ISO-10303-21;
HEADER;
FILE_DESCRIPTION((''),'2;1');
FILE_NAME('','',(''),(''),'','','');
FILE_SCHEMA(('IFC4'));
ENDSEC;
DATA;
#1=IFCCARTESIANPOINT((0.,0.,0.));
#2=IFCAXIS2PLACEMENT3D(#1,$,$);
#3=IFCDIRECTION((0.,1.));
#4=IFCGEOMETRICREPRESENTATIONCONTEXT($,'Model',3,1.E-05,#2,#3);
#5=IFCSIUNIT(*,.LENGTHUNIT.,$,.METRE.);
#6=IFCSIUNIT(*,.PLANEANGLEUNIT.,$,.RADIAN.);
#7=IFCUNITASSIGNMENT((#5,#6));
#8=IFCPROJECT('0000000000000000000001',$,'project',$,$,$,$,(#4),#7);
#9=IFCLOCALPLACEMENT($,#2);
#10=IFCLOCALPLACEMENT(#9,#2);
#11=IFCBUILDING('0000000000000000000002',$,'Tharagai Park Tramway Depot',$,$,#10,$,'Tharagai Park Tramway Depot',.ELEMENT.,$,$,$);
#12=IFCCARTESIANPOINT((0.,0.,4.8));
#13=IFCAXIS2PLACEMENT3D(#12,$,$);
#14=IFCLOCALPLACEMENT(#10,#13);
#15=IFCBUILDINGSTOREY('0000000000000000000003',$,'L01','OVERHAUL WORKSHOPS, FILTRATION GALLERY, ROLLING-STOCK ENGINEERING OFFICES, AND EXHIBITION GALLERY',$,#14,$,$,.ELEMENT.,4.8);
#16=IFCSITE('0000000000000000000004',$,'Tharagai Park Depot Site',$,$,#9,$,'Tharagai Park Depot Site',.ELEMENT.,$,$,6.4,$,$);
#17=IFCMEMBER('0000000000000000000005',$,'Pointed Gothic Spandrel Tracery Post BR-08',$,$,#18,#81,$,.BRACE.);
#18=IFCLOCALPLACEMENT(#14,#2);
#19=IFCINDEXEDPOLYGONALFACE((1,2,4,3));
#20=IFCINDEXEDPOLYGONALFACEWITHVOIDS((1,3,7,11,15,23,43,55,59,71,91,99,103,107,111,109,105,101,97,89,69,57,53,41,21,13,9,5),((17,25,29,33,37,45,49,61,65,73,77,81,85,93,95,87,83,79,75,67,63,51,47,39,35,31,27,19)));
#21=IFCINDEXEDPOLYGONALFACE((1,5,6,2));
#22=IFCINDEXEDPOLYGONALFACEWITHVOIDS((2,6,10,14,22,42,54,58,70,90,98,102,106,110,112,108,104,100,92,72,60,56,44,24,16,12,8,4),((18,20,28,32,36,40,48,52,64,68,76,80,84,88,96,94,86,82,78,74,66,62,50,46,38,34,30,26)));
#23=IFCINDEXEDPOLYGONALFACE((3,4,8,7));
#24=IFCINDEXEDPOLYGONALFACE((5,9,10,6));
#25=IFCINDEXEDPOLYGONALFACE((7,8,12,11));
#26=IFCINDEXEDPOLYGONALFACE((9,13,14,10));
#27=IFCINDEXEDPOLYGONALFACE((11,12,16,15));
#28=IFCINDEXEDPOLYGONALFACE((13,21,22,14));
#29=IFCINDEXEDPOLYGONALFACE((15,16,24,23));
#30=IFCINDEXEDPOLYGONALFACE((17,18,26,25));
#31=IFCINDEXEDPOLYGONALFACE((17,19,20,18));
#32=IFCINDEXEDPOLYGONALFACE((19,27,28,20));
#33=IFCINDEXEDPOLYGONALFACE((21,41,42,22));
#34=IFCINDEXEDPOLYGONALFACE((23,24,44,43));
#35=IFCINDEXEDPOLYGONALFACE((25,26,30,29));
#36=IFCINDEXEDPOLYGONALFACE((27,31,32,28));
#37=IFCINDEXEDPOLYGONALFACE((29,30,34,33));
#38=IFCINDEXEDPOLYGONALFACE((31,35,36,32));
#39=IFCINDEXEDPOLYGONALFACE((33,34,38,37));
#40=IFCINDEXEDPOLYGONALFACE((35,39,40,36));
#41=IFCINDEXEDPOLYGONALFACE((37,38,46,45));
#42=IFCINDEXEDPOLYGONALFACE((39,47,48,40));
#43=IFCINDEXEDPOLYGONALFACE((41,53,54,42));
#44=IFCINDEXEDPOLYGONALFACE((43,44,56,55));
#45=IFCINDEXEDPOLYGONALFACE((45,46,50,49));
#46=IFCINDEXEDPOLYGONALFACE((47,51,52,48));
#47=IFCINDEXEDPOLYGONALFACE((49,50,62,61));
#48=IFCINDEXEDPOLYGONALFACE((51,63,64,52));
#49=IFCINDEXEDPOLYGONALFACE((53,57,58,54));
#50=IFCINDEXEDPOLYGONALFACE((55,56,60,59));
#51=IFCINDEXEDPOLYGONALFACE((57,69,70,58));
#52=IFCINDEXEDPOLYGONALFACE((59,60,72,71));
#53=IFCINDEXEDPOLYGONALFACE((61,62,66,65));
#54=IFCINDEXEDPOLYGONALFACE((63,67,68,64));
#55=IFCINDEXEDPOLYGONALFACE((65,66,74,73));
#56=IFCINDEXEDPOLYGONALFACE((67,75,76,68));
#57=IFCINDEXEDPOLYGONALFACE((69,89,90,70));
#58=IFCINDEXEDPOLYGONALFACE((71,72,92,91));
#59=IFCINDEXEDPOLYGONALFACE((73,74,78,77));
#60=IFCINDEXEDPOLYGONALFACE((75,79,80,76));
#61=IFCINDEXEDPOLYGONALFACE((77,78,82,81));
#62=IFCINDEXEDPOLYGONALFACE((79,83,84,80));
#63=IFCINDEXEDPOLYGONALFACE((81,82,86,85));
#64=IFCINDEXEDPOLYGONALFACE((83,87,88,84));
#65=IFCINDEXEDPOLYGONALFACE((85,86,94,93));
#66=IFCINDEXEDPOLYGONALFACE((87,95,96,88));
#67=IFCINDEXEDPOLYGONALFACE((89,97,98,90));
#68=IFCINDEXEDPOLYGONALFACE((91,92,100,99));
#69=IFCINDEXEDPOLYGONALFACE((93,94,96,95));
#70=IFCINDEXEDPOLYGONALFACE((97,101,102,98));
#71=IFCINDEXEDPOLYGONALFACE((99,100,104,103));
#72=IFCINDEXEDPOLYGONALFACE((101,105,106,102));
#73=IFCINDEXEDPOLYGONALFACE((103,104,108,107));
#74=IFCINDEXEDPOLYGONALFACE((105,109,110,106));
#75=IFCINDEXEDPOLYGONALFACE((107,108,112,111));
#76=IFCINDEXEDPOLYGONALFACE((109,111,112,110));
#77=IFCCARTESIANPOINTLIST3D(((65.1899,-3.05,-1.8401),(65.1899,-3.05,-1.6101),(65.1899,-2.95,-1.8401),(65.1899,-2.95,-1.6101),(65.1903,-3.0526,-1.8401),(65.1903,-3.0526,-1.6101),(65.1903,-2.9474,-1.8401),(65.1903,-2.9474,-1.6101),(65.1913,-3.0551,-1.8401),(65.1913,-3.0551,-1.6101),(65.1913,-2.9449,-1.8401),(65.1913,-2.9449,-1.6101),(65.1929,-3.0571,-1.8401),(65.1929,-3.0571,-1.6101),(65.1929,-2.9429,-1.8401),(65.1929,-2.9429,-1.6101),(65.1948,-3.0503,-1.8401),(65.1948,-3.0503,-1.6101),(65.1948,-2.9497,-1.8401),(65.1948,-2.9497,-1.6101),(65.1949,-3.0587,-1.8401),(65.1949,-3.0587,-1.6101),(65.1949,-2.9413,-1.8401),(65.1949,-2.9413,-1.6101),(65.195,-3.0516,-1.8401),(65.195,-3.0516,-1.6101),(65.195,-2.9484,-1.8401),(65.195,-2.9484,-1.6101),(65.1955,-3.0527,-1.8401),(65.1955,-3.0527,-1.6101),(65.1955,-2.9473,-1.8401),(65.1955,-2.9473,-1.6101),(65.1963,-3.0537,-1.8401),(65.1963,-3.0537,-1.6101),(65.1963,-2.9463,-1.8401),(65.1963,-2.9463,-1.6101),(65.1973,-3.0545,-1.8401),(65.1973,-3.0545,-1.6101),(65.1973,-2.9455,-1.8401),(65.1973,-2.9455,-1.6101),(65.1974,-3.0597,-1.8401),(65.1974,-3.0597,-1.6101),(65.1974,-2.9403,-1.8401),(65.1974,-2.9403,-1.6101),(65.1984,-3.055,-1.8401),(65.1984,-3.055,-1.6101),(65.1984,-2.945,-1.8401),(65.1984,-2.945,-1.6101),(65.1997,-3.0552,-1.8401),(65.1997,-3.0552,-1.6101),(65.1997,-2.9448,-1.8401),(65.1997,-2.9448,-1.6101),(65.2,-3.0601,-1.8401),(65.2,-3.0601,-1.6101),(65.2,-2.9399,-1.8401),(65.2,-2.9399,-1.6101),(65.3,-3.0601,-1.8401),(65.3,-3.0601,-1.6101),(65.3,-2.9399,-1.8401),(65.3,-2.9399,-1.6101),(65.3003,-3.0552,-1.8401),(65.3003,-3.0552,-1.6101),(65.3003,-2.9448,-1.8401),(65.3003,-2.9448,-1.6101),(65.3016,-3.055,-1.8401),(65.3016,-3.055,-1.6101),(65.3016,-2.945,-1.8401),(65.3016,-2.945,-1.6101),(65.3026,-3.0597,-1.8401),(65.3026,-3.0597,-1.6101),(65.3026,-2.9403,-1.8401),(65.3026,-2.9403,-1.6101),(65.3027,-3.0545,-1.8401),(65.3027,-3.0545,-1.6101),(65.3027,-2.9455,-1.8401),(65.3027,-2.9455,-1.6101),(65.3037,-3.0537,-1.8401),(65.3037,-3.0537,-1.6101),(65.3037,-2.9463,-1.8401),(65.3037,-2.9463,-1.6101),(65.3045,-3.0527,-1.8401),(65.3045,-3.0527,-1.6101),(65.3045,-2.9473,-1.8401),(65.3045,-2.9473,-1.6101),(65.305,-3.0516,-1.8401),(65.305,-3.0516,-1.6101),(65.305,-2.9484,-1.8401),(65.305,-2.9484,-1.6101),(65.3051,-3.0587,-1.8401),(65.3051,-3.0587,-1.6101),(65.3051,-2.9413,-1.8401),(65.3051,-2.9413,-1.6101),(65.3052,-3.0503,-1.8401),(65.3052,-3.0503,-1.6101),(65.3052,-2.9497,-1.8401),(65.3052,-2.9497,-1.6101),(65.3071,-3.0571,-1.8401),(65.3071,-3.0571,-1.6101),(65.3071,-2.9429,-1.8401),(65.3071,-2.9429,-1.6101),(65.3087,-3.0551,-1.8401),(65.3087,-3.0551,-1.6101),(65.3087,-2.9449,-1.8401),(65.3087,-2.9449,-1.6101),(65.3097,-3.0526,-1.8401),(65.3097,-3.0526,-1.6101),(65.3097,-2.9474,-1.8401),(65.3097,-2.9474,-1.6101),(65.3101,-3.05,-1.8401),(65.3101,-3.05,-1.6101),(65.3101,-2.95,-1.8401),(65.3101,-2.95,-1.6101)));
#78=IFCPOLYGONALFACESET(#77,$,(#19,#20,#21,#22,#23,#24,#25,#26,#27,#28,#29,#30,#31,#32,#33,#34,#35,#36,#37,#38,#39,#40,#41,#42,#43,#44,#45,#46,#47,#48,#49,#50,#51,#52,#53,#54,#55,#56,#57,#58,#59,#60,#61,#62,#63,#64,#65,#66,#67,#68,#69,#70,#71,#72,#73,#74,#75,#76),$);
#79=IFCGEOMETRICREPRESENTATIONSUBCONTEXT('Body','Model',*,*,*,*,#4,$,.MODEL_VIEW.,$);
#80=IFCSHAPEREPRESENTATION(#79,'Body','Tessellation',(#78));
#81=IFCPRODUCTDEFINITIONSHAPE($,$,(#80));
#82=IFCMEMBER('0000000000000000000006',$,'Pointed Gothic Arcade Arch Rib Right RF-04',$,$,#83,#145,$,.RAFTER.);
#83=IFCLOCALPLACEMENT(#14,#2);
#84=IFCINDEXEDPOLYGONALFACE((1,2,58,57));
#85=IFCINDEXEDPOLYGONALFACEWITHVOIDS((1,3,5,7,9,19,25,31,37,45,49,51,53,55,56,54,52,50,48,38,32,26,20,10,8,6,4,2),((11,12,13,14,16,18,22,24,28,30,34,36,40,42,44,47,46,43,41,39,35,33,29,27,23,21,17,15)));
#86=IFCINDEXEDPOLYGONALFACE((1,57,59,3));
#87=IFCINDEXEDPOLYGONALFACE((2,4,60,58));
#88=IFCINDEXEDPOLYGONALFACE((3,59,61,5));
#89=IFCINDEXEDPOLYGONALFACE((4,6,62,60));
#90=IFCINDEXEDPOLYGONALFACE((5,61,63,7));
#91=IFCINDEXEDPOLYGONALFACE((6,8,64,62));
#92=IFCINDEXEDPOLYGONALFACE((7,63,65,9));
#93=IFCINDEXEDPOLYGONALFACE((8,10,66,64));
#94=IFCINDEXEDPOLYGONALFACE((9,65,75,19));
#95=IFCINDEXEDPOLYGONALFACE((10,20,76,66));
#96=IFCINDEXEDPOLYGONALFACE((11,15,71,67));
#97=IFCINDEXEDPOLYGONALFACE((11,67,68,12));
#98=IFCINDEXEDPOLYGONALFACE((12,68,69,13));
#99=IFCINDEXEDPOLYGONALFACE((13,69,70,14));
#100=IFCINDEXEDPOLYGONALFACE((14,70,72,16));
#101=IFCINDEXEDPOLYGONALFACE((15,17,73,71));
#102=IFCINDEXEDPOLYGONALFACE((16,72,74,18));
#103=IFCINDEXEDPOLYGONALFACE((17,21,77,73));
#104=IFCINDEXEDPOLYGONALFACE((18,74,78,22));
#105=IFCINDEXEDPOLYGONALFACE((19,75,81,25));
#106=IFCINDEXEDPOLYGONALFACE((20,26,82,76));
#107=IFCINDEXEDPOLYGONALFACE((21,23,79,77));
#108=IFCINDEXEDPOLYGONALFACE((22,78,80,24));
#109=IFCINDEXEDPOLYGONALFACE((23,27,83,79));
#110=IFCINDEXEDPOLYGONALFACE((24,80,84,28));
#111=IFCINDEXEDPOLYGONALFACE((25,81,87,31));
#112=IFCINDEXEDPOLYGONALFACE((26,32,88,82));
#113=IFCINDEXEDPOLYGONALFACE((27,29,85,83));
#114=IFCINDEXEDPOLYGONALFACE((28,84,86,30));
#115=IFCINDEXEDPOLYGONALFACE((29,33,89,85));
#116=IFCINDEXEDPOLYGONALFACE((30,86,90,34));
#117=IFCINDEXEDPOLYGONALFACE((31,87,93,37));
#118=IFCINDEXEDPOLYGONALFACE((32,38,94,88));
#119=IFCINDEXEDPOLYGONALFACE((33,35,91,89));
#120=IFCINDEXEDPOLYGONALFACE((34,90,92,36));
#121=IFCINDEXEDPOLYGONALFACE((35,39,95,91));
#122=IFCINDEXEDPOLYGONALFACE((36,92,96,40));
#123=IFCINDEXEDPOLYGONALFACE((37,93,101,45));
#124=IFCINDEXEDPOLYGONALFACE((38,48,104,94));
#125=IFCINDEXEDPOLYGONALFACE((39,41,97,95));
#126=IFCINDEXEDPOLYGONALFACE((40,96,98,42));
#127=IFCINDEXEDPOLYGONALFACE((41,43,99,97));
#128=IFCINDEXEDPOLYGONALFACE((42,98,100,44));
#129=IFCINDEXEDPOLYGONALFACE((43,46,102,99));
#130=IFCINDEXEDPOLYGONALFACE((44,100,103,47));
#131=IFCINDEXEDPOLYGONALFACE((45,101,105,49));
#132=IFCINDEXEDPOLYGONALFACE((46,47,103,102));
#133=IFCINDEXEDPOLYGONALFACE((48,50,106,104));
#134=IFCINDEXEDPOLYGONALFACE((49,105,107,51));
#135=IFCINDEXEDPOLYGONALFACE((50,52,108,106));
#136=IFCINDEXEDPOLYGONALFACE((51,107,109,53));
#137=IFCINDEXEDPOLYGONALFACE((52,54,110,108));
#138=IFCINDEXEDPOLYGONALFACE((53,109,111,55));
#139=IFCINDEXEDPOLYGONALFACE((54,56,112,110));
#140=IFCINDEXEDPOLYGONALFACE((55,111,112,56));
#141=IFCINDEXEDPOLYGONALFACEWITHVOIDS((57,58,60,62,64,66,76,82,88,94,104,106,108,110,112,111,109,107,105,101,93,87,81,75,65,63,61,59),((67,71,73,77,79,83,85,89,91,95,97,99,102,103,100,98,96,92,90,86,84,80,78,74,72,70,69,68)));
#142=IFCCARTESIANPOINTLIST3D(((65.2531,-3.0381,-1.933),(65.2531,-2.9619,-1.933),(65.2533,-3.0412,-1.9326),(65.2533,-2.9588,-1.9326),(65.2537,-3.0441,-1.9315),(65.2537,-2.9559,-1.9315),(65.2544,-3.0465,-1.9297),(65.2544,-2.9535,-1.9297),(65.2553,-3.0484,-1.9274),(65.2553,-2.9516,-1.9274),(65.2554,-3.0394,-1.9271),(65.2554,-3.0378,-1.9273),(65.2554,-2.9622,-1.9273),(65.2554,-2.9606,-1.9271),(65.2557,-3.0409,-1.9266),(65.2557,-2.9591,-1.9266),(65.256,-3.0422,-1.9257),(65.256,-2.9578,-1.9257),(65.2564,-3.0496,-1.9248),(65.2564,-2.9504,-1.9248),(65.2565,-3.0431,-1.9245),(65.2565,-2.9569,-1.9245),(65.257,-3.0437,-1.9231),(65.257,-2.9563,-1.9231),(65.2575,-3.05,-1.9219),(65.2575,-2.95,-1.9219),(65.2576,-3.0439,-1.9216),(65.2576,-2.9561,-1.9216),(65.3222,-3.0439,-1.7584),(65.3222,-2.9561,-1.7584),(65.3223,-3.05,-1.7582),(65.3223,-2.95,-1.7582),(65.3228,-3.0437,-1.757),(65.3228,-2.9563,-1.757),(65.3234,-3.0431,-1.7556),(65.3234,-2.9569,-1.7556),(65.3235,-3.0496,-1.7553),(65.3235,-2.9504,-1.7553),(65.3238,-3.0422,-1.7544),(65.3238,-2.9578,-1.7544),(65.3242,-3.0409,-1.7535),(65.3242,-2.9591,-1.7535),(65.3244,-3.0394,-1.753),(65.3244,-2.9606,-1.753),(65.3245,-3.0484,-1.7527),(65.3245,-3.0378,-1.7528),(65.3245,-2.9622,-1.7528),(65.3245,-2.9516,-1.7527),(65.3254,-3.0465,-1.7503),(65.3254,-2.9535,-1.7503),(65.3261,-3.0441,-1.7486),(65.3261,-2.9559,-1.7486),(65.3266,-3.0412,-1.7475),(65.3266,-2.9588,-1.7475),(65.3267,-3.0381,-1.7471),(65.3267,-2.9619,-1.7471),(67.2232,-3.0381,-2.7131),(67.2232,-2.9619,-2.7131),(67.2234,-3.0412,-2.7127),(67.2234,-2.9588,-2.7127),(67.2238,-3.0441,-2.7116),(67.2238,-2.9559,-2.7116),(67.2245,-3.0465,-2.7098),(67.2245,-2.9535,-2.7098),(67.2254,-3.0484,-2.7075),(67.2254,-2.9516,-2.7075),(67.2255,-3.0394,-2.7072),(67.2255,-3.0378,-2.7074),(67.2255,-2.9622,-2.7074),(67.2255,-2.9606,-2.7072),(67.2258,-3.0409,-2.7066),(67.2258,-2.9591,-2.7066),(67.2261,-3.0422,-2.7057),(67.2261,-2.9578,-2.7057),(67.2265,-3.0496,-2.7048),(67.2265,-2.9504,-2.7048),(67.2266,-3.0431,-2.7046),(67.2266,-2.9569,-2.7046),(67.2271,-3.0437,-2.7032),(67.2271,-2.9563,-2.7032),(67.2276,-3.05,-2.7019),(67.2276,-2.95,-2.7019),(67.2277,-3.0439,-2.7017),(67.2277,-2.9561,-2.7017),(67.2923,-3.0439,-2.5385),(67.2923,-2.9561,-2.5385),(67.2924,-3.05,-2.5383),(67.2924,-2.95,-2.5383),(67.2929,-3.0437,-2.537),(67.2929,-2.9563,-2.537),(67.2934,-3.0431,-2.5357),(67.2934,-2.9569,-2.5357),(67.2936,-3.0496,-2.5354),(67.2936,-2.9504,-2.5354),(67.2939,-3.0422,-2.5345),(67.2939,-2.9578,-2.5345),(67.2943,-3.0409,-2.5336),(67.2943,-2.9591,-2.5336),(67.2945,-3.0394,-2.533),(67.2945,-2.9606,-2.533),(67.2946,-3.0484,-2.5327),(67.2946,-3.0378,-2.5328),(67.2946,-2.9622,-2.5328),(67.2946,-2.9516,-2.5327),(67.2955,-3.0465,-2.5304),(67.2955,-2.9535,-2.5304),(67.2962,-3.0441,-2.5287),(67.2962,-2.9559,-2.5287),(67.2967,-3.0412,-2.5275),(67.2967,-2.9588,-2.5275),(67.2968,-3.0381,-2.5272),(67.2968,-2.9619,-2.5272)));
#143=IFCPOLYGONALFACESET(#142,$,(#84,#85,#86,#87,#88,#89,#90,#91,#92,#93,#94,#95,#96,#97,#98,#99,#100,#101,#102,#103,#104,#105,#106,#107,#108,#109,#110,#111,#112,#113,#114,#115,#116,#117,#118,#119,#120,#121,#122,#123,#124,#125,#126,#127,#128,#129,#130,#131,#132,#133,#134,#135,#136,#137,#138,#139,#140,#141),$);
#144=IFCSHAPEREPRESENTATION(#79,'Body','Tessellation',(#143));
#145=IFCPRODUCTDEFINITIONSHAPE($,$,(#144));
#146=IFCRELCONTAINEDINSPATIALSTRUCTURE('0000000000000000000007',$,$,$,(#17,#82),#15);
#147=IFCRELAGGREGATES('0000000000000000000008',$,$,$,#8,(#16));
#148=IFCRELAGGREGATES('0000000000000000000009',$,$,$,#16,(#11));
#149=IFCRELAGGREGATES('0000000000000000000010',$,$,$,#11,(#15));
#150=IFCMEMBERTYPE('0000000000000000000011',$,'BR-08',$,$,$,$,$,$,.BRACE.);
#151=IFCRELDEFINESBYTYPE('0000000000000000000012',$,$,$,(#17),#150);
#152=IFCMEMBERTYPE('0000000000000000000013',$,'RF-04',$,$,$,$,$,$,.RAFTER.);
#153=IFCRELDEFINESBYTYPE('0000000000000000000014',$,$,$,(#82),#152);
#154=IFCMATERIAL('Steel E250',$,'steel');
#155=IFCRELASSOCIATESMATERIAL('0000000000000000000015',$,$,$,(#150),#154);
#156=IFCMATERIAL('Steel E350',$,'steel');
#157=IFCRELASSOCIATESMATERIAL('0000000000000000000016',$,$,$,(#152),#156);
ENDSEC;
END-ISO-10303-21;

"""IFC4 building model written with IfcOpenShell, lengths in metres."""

from ifc_helpers import new_model, si_unit, direction, frame, origin, origin_2d, place, context, subcontext, project, spatial, hollow_rectangle, extrude, material, material_profile, profile_set, type_object, element, save


model = new_model("IFC4")

# Units and contexts
model_context = context("Model", 3, precision=1e-05, world=origin(), true_north=direction((0.0, 1.0)))
body_context = subcontext(model_context, "Body", "Model", "MODEL_VIEW")
ifc_project = project(units=[si_unit("LENGTHUNIT", "METRE"), si_unit("PLANEANGLEUNIT", "RADIAN")], contexts=[model_context])

# Site, building, storey
site_placement = place(None, origin())
site = spatial("IfcSite", under=ifc_project, at=site_placement, Name="Tharagai Park Depot Site", LongName="Tharagai Park Depot Site", CompositionType="ELEMENT", RefElevation=6.4)
building_placement = place(site_placement, origin())
building = spatial("IfcBuilding", under=site, at=building_placement, Name="Tharagai Park Tramway Depot", LongName="Tharagai Park Tramway Depot", CompositionType="ELEMENT")
storey_placement = place(building_placement, frame((0.0, 0.0, 4.8)))
storey = spatial("IfcBuildingStorey", under=building, at=storey_placement, Name="L01", Description="OVERHAUL WORKSHOPS, FILTRATION GALLERY, ROLLING-STOCK ENGINEERING OFFICES, AND EXHIBITION GALLERY", CompositionType="ELEMENT", Elevation=4.8)

# Members
ifc_material_1 = material(Name="Steel E250", Category="steel")
ifc_material_profile_1 = material_profile(ifc_material_1, hollow_rectangle(XDim=0.1201, YDim=0.1201, WallThickness=0.0049, InnerFilletRadius=0.0049, OuterFilletRadius=0.01, at=origin_2d()), Name="SHS 120x120x5")
ifc_profile_set_1 = profile_set([ifc_material_profile_1], Name="Steel E250")
member_type_1 = type_object("IfcMemberType", Name="BR-08", PredefinedType="BRACE", material=ifc_profile_set_1)
member_placement = place(storey_placement, frame((65.25, -3.0, -1.8401), z_axis=(0.0, 0.0, 1.0), x_axis=(1.0, 0.0, 0.0)))
element("IfcMember", 1, at=member_placement, inside=storey, type_object=member_type_1, Name="Pointed Gothic Spandrel Tracery Post BR-08", PredefinedType="BRACE", context=body_context, shape_type="SweptSolid", body=[
    extrude(hollow_rectangle(XDim=0.1201, YDim=0.1201, WallThickness=0.0049, InnerFilletRadius=0.0049, OuterFilletRadius=0.01, at=origin_2d()), origin(), (0.0, 0.0, 1.0), 0.23),
])
ifc_material_2 = material(Name="Steel E350", Category="steel")
ifc_material_profile_2 = material_profile(ifc_material_2, hollow_rectangle(XDim=0.1001, YDim=0.2, WallThickness=0.0061, InnerFilletRadius=0.0061, OuterFilletRadius=0.012, at=origin_2d()), Name="RHS 200x100x6")
ifc_profile_set_2 = profile_set([ifc_material_profile_2], Name="Steel E350")
member_type_2 = type_object("IfcMemberType", Name="RF-04", PredefinedType="RAFTER", material=ifc_profile_set_2)
for number, where, z_axis, x_axis, name in (
    (2, (67.26, -3.0, -2.6201), (-0.929766, 0.0, 0.36815), (0.0, -1.0, 0.0), "Pointed Gothic Arcade Arch Rib Right RF-04"),
):
    element("IfcMember", number, at=place(storey_placement, frame(where, z_axis=z_axis, x_axis=x_axis)), inside=storey, type_object=member_type_2, Name=name, PredefinedType="RAFTER", context=body_context, shape_type="SweptSolid", body=[
        extrude(hollow_rectangle(XDim=0.1001, YDim=0.2, WallThickness=0.0061, InnerFilletRadius=0.0061, OuterFilletRadius=0.012, at=origin_2d()), origin(), (0.0, 0.0, 1.0), 2.1189),
    ])

save(model, "model.ifc")
